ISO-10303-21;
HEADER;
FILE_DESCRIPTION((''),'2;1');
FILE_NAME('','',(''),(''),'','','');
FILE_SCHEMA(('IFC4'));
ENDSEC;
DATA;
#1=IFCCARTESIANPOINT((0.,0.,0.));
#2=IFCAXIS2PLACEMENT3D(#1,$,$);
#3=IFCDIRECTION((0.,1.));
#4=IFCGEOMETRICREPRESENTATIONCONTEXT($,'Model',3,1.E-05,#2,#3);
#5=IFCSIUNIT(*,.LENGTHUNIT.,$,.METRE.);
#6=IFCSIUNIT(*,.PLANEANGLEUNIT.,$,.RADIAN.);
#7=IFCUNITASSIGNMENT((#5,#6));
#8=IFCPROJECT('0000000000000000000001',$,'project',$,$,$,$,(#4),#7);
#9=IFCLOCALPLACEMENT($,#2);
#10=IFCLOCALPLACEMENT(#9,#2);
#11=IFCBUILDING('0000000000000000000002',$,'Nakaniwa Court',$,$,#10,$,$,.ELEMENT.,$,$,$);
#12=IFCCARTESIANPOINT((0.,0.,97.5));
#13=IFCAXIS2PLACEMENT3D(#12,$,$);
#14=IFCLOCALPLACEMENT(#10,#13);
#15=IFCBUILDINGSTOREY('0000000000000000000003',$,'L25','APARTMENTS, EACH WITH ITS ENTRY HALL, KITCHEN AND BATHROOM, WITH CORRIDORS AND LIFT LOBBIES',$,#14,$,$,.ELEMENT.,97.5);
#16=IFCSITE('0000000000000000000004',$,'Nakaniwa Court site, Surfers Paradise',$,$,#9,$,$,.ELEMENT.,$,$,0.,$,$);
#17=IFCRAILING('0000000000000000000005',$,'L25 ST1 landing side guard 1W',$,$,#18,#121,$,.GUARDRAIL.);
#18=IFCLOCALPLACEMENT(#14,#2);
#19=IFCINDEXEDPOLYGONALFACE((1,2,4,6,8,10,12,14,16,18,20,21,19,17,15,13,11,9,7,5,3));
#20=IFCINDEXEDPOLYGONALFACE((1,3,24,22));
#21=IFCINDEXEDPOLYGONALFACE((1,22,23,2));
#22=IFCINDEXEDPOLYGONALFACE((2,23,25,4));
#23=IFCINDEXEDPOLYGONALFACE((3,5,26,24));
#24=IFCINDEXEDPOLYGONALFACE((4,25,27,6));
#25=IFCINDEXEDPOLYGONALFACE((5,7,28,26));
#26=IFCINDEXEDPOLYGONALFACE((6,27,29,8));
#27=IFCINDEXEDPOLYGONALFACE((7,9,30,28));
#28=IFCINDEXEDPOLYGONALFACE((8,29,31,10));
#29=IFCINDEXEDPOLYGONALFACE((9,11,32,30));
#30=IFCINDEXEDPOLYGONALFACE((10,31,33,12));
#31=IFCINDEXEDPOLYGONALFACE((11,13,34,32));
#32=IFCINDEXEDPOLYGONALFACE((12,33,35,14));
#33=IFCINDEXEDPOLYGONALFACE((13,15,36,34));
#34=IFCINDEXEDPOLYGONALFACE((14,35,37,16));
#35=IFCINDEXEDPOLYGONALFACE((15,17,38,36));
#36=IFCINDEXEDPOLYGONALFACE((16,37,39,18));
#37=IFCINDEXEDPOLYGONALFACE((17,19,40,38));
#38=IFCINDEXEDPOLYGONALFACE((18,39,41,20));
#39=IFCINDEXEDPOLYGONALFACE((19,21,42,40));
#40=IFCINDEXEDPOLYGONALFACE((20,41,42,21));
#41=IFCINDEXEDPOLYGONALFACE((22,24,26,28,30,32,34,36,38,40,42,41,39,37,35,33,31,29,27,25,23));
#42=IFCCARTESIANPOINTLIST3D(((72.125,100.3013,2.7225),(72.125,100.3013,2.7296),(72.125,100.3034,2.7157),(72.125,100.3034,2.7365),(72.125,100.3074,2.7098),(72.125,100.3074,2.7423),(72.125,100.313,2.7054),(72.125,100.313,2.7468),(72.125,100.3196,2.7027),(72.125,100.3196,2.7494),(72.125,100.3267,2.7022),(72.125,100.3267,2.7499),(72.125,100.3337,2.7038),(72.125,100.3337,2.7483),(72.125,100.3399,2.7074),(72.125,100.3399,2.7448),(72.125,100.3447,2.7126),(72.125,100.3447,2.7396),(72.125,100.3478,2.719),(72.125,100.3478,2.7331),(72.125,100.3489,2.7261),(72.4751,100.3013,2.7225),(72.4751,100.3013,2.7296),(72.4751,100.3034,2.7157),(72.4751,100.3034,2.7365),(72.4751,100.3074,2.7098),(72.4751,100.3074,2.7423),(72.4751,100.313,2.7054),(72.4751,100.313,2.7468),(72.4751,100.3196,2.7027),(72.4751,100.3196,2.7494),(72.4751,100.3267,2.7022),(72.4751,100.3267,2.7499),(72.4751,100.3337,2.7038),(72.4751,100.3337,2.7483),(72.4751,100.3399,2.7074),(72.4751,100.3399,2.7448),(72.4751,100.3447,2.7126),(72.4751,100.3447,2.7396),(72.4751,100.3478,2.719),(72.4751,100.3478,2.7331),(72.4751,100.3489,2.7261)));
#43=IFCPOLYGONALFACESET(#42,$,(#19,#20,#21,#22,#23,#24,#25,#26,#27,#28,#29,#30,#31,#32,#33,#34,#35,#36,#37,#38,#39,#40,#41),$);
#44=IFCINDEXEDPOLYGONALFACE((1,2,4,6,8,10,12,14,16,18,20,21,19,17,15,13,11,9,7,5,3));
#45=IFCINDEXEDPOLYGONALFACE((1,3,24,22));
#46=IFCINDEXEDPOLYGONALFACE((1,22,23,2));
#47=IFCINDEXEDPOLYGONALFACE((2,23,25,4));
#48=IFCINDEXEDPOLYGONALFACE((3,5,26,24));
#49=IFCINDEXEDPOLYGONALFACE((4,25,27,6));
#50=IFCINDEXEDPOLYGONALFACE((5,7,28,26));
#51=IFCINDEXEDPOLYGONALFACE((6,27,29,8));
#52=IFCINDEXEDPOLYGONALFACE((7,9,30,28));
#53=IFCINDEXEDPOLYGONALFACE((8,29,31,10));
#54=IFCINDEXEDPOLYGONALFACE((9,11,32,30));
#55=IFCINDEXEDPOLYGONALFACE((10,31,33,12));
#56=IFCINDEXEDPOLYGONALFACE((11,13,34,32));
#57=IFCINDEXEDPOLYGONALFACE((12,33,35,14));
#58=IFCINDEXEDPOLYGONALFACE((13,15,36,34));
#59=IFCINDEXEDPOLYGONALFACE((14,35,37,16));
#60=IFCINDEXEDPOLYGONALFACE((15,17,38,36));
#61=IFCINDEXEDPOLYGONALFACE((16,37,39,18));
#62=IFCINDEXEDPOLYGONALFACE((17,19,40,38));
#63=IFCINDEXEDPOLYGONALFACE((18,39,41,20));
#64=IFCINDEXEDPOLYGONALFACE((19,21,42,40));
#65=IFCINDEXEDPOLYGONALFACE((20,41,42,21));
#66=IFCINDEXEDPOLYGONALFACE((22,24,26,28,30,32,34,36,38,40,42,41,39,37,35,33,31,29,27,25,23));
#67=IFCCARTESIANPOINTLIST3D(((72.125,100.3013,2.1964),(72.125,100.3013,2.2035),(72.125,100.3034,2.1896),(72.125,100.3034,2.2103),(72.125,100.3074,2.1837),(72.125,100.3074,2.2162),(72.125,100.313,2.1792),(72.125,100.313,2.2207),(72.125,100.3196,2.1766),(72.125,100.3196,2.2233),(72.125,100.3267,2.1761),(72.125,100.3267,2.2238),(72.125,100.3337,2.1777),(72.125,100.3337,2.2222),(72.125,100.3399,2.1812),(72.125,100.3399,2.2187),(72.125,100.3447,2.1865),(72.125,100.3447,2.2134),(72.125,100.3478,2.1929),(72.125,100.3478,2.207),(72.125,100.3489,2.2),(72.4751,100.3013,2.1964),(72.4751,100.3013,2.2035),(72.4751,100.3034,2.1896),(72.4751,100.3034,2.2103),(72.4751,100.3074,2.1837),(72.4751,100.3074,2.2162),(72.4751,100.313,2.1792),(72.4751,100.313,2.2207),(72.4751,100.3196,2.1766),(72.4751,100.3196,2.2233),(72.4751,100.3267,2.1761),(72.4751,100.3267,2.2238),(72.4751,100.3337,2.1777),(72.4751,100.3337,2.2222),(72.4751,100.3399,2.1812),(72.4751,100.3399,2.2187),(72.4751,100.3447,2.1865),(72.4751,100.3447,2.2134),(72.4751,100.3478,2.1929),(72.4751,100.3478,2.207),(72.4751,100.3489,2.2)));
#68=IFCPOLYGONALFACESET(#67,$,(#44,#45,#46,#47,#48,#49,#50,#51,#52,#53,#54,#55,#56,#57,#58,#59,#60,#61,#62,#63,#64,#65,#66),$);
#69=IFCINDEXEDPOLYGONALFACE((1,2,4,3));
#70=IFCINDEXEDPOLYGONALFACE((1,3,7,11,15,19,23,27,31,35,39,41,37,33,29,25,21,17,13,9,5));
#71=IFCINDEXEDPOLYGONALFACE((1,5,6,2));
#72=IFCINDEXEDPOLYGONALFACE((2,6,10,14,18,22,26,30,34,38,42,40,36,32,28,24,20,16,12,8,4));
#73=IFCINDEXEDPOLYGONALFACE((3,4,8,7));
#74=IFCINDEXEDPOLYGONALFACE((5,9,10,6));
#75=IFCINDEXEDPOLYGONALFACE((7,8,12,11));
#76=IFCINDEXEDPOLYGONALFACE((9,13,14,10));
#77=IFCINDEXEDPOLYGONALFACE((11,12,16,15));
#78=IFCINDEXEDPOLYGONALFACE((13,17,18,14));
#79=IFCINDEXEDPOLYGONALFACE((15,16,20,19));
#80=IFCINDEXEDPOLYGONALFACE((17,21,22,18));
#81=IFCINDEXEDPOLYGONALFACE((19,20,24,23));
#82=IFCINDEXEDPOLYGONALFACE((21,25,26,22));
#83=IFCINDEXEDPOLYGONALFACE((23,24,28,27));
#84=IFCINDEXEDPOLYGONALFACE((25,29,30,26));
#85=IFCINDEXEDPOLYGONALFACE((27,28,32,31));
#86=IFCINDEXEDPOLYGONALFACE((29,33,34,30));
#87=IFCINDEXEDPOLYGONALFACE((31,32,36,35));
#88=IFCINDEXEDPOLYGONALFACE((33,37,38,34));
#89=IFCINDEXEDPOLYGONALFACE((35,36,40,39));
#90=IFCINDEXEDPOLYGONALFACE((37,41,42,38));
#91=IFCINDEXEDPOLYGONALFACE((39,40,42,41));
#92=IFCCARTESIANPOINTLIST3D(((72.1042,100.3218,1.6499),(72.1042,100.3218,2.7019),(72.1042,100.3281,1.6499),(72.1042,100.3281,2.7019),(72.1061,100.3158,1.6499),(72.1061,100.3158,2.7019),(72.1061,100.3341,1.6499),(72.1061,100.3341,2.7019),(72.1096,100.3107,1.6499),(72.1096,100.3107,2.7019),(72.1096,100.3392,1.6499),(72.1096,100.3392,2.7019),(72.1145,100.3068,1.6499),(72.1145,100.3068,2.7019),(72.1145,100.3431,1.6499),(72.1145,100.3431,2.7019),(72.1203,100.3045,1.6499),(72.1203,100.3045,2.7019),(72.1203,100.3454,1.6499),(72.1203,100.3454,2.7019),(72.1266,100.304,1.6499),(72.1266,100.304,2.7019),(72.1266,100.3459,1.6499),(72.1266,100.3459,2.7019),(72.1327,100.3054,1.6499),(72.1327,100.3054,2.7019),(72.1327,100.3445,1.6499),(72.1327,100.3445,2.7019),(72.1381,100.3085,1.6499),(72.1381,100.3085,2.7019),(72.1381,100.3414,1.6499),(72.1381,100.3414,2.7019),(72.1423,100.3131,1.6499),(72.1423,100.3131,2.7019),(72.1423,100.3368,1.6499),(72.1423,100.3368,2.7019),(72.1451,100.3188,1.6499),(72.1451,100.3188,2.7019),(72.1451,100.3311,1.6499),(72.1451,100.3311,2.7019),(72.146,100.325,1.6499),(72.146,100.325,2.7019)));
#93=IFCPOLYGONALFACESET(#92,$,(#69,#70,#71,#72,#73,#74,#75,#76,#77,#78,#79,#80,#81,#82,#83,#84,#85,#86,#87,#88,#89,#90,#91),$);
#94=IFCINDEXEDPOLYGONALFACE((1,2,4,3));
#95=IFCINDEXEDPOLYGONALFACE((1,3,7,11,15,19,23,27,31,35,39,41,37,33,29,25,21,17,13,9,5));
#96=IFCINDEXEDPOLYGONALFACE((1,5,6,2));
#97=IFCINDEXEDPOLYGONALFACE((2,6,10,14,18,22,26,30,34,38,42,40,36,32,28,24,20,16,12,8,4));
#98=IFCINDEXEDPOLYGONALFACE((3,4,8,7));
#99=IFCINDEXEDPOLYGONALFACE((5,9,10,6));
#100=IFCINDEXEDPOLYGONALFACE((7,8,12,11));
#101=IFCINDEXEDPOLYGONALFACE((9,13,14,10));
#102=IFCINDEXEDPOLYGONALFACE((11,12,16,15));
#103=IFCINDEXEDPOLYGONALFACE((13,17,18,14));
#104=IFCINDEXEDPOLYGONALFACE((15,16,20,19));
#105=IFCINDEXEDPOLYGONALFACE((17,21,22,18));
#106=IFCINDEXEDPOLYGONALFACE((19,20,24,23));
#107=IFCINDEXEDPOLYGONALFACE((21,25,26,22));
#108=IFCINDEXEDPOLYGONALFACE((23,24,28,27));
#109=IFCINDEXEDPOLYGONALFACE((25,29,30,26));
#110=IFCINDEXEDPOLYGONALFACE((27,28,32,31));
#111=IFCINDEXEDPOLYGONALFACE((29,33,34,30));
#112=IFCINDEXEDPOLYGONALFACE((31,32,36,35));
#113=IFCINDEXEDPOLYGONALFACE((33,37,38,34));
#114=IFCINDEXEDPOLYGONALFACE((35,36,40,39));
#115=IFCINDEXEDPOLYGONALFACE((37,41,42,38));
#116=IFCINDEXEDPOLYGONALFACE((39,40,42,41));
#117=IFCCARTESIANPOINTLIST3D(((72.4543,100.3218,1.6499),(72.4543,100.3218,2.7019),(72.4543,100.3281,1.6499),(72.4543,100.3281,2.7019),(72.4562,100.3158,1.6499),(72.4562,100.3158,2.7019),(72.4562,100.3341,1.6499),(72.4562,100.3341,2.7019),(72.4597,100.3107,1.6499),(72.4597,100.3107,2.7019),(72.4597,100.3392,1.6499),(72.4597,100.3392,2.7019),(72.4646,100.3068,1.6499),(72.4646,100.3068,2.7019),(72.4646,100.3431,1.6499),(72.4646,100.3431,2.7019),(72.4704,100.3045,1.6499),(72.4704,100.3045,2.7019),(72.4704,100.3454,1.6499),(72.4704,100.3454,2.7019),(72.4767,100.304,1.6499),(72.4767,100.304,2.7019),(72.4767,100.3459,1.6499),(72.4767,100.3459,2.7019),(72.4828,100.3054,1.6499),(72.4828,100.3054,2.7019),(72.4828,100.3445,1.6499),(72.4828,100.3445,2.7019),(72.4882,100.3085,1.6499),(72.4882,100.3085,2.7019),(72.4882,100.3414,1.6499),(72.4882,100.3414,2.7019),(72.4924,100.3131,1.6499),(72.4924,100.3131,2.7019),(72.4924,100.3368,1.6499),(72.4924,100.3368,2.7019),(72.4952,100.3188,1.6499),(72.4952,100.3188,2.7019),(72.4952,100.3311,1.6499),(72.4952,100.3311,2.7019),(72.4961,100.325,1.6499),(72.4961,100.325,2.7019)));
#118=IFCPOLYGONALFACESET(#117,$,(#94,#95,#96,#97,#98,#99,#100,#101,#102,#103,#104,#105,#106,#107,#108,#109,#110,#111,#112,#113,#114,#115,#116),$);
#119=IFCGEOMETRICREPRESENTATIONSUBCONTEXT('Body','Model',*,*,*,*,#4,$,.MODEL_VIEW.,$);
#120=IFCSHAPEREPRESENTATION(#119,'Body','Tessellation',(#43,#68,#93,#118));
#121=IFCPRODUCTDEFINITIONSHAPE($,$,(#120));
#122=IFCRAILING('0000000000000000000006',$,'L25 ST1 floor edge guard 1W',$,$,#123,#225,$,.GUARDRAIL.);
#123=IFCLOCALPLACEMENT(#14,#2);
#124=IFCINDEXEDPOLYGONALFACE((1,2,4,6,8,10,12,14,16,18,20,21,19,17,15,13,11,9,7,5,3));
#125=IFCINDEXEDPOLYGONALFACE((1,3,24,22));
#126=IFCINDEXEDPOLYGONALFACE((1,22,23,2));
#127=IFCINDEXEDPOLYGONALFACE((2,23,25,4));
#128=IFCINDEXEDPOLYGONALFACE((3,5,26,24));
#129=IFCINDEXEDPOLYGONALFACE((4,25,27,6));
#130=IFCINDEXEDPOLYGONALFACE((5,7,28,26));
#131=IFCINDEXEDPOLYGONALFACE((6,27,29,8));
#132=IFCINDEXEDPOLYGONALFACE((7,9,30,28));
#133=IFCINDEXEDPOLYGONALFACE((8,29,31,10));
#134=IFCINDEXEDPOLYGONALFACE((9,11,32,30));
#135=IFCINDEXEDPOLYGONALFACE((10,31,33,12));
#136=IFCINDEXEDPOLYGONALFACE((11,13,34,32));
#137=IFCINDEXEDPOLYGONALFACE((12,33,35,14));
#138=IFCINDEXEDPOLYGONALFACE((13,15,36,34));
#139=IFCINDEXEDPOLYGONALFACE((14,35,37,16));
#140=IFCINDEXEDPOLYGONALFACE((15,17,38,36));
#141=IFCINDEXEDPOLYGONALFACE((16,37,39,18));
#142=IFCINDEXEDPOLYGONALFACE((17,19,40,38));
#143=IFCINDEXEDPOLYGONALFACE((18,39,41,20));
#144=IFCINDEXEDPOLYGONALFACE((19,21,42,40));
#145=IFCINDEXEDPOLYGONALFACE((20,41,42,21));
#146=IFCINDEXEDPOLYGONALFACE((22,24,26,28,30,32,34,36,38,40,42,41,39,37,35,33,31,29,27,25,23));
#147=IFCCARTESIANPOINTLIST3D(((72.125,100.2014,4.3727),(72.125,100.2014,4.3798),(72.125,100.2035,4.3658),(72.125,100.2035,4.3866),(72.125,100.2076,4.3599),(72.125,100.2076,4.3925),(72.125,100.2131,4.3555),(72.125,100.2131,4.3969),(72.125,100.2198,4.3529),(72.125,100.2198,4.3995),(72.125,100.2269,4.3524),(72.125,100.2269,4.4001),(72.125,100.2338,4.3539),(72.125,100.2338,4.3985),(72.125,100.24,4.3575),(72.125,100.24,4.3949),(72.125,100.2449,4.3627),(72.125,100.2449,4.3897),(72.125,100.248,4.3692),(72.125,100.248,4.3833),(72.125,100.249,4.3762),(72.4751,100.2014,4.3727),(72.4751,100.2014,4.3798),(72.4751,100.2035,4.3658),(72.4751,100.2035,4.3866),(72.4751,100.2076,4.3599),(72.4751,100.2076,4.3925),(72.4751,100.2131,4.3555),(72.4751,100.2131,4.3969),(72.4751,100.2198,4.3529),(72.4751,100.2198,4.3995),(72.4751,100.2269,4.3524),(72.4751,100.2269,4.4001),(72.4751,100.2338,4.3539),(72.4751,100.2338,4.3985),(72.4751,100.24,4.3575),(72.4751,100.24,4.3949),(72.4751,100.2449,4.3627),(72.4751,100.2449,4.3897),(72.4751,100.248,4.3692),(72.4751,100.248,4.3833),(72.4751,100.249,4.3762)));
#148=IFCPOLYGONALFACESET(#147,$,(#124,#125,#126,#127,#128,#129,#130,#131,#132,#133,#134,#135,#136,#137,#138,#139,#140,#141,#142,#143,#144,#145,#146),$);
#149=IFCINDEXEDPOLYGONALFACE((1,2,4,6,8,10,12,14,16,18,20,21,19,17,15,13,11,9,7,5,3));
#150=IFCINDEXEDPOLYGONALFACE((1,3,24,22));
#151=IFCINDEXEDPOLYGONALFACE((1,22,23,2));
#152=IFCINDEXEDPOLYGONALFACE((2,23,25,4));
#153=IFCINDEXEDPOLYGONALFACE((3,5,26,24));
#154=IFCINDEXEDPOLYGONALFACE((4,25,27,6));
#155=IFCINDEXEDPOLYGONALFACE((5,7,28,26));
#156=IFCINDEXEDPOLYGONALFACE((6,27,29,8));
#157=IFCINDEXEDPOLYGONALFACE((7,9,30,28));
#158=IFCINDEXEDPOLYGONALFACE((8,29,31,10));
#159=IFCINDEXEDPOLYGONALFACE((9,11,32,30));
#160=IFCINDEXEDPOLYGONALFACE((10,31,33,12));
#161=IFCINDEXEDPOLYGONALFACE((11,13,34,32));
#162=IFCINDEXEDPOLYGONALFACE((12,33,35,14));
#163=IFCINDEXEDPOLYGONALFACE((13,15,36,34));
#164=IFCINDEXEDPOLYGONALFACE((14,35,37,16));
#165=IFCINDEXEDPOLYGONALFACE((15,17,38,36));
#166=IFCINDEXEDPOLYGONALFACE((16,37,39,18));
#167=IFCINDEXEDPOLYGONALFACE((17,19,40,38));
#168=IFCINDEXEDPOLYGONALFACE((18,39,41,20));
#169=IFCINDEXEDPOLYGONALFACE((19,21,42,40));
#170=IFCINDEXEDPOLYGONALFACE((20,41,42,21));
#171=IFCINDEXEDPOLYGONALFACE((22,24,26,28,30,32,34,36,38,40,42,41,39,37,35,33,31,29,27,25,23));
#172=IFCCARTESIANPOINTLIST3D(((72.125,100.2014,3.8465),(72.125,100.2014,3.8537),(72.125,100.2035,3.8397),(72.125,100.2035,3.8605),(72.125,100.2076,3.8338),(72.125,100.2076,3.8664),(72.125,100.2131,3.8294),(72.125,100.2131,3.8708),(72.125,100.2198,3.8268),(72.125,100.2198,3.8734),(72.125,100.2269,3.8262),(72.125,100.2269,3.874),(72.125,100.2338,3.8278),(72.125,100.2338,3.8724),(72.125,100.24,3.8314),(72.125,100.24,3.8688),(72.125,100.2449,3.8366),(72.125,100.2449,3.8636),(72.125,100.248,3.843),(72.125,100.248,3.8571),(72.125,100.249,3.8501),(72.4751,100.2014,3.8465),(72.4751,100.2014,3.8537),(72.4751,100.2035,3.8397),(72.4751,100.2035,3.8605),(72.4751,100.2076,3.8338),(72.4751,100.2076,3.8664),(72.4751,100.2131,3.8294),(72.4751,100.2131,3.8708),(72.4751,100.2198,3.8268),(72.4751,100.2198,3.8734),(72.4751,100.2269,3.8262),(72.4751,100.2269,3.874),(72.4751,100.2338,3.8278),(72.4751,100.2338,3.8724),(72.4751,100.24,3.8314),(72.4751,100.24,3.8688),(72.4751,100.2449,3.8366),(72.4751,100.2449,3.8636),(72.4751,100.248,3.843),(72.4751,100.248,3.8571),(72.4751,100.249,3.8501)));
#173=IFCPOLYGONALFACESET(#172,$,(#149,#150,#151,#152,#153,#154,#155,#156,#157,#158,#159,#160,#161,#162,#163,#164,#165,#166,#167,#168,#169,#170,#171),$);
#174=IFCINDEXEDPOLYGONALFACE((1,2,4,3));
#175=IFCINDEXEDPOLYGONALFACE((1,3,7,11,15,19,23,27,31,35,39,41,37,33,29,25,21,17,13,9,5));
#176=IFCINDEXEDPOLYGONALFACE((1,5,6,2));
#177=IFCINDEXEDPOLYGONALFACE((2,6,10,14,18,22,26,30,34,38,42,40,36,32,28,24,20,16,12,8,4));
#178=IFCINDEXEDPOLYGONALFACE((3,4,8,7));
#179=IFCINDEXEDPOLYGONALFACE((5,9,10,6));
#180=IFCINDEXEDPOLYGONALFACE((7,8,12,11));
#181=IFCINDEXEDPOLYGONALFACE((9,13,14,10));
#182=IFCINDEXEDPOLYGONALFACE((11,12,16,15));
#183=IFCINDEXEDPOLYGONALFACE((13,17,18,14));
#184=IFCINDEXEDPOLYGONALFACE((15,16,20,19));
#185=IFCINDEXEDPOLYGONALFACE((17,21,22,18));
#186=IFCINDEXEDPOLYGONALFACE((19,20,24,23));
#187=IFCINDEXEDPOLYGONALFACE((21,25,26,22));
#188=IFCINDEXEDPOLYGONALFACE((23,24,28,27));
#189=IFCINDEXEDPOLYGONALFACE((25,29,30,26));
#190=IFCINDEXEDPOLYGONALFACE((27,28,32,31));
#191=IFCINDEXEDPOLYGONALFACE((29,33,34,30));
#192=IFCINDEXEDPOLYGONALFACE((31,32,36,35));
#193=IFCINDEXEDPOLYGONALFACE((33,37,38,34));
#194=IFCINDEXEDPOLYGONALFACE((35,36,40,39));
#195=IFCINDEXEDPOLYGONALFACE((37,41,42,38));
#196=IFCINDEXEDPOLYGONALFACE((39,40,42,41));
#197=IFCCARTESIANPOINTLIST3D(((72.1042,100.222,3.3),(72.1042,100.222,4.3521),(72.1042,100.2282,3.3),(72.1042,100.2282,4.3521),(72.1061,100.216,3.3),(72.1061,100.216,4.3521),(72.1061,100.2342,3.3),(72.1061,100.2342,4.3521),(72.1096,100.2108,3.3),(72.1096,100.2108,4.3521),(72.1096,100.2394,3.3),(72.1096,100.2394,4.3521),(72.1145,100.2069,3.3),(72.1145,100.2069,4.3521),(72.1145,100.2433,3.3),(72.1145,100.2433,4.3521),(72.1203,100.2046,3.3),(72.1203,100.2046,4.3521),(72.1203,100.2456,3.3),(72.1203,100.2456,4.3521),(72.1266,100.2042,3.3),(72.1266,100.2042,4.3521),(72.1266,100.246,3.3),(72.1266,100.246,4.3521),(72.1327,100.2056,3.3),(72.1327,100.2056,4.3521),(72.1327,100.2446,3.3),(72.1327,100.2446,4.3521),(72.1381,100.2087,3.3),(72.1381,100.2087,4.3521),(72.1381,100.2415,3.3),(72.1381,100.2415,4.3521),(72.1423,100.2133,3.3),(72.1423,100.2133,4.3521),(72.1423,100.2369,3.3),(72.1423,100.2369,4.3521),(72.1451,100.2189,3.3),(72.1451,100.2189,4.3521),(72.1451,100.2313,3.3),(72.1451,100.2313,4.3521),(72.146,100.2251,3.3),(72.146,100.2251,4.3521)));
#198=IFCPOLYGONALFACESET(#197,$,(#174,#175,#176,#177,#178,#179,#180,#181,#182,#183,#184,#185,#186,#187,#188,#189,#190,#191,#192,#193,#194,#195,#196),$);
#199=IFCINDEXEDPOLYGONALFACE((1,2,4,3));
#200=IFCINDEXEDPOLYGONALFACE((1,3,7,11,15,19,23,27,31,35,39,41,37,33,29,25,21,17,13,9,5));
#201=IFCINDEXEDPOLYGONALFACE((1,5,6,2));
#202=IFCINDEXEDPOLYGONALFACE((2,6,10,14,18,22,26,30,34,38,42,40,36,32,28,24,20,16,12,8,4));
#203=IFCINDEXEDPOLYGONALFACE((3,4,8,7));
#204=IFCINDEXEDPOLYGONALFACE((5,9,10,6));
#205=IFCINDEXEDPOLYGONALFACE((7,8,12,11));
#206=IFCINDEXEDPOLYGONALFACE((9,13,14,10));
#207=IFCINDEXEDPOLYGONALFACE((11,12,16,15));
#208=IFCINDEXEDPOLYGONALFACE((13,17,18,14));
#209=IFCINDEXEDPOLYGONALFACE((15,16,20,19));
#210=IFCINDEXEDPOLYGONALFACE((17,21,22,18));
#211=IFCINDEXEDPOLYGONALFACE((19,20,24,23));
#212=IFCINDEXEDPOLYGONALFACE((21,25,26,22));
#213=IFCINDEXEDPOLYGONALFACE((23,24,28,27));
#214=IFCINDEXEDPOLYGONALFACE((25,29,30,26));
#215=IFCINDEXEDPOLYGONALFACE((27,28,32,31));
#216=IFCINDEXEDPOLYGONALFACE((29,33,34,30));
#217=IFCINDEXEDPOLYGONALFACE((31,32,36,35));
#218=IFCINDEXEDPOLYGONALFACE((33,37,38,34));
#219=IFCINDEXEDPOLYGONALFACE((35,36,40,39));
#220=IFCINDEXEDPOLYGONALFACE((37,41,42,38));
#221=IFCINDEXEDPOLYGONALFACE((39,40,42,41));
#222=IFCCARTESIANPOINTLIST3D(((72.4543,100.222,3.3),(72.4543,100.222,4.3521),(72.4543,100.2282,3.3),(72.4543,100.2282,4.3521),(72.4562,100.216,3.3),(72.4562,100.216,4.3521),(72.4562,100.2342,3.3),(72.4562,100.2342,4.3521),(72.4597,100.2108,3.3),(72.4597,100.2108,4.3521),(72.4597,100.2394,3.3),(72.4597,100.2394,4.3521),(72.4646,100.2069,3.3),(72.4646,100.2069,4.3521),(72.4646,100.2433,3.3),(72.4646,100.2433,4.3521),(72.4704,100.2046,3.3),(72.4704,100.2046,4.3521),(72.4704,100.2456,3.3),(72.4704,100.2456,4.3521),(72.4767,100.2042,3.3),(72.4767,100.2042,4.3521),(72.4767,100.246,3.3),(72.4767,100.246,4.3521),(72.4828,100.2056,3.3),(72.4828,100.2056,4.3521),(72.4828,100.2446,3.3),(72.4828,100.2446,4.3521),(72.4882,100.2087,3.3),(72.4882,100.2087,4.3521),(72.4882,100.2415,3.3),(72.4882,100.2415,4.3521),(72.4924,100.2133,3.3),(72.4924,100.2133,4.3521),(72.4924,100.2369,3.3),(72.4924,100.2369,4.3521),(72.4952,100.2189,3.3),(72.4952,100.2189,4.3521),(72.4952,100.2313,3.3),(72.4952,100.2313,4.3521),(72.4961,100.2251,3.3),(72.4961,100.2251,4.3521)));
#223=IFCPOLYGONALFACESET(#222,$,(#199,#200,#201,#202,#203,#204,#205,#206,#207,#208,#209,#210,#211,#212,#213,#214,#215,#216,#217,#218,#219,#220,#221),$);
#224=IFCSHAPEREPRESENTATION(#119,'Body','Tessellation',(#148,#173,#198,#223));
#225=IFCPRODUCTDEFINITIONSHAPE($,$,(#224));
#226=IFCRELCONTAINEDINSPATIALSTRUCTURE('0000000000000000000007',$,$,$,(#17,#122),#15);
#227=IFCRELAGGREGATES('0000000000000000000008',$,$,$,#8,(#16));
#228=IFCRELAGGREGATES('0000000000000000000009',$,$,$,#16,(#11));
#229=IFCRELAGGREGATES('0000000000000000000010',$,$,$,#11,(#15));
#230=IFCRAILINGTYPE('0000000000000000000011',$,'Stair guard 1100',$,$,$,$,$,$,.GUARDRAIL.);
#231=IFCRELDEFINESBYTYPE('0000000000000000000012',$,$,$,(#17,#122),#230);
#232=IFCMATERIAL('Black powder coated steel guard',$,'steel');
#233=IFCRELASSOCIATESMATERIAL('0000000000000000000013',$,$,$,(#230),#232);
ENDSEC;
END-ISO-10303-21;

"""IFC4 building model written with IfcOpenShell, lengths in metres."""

from ifc_helpers import new_model, si_unit, direction, frame, origin, origin_2d, place, context, subcontext, project, spatial, circle, extrude, material, type_object, element, save


model = new_model("IFC4")

# Units and contexts
model_context = context("Model", 3, precision=1e-05, world=origin(), true_north=direction((0.0, 1.0)))
body_context = subcontext(model_context, "Body", "Model", "MODEL_VIEW")
ifc_project = project(units=[si_unit("LENGTHUNIT", "METRE"), si_unit("PLANEANGLEUNIT", "RADIAN")], contexts=[model_context])

# Site, building, storey
site_placement = place(None, origin())
site = spatial("IfcSite", under=ifc_project, at=site_placement, Name="Nakaniwa Court site, Surfers Paradise", CompositionType="ELEMENT", RefElevation=0.0)
building_placement = place(site_placement, origin())
building = spatial("IfcBuilding", under=site, at=building_placement, Name="Nakaniwa Court", CompositionType="ELEMENT")
storey_placement = place(building_placement, frame((0.0, 0.0, 97.5)))
storey = spatial("IfcBuildingStorey", under=building, at=storey_placement, Name="L25", Description="APARTMENTS, EACH WITH ITS ENTRY HALL, KITCHEN AND BATHROOM, WITH CORRIDORS AND LIFT LOBBIES", CompositionType="ELEMENT", Elevation=97.5)

# Railings
ifc_material_1 = material(Name="Black powder coated steel guard", Category="steel")
railing_type_1 = type_object("IfcRailingType", Name="Stair guard 1100", PredefinedType="GUARDRAIL", material=ifc_material_1)
for number, where, name in (
    (1, (72.125, 100.325, 1.6499), "L25 ST1 landing side guard 1W"),
    (2, (72.125, 100.2251, 3.3), "L25 ST1 floor edge guard 1W"),
):
    element("IfcRailing", number, at=place(storey_placement, frame(where)), inside=storey, type_object=railing_type_1, Name=name, PredefinedType="GUARDRAIL", context=body_context, shape_type="SweptSolid", body=[
        extrude(circle(Radius=0.0239, at=origin_2d()), frame((0.0, 0.0, 1.0762), z_axis=(1.0, 0.0, 0.0), x_axis=(0.0, 1.0, 0.0)), (0.0, 0.0, 1.0), 0.3501),
        extrude(circle(Radius=0.0239, at=origin_2d()), frame((0.0, 0.0, 0.55), z_axis=(1.0, 0.0, 0.0), x_axis=(0.0, 1.0, 0.0)), (0.0, 0.0, 1.0), 0.3501),
        extrude(circle(Radius=0.021, at=origin_2d()), origin(), (0.0, 0.0, 1.0), 1.052),
        extrude(circle(Radius=0.021, at=origin_2d()), frame((0.3501, 0.0, 0.0)), (0.0, 0.0, 1.0), 1.052),
    ])

save(model, "model.ifc")
